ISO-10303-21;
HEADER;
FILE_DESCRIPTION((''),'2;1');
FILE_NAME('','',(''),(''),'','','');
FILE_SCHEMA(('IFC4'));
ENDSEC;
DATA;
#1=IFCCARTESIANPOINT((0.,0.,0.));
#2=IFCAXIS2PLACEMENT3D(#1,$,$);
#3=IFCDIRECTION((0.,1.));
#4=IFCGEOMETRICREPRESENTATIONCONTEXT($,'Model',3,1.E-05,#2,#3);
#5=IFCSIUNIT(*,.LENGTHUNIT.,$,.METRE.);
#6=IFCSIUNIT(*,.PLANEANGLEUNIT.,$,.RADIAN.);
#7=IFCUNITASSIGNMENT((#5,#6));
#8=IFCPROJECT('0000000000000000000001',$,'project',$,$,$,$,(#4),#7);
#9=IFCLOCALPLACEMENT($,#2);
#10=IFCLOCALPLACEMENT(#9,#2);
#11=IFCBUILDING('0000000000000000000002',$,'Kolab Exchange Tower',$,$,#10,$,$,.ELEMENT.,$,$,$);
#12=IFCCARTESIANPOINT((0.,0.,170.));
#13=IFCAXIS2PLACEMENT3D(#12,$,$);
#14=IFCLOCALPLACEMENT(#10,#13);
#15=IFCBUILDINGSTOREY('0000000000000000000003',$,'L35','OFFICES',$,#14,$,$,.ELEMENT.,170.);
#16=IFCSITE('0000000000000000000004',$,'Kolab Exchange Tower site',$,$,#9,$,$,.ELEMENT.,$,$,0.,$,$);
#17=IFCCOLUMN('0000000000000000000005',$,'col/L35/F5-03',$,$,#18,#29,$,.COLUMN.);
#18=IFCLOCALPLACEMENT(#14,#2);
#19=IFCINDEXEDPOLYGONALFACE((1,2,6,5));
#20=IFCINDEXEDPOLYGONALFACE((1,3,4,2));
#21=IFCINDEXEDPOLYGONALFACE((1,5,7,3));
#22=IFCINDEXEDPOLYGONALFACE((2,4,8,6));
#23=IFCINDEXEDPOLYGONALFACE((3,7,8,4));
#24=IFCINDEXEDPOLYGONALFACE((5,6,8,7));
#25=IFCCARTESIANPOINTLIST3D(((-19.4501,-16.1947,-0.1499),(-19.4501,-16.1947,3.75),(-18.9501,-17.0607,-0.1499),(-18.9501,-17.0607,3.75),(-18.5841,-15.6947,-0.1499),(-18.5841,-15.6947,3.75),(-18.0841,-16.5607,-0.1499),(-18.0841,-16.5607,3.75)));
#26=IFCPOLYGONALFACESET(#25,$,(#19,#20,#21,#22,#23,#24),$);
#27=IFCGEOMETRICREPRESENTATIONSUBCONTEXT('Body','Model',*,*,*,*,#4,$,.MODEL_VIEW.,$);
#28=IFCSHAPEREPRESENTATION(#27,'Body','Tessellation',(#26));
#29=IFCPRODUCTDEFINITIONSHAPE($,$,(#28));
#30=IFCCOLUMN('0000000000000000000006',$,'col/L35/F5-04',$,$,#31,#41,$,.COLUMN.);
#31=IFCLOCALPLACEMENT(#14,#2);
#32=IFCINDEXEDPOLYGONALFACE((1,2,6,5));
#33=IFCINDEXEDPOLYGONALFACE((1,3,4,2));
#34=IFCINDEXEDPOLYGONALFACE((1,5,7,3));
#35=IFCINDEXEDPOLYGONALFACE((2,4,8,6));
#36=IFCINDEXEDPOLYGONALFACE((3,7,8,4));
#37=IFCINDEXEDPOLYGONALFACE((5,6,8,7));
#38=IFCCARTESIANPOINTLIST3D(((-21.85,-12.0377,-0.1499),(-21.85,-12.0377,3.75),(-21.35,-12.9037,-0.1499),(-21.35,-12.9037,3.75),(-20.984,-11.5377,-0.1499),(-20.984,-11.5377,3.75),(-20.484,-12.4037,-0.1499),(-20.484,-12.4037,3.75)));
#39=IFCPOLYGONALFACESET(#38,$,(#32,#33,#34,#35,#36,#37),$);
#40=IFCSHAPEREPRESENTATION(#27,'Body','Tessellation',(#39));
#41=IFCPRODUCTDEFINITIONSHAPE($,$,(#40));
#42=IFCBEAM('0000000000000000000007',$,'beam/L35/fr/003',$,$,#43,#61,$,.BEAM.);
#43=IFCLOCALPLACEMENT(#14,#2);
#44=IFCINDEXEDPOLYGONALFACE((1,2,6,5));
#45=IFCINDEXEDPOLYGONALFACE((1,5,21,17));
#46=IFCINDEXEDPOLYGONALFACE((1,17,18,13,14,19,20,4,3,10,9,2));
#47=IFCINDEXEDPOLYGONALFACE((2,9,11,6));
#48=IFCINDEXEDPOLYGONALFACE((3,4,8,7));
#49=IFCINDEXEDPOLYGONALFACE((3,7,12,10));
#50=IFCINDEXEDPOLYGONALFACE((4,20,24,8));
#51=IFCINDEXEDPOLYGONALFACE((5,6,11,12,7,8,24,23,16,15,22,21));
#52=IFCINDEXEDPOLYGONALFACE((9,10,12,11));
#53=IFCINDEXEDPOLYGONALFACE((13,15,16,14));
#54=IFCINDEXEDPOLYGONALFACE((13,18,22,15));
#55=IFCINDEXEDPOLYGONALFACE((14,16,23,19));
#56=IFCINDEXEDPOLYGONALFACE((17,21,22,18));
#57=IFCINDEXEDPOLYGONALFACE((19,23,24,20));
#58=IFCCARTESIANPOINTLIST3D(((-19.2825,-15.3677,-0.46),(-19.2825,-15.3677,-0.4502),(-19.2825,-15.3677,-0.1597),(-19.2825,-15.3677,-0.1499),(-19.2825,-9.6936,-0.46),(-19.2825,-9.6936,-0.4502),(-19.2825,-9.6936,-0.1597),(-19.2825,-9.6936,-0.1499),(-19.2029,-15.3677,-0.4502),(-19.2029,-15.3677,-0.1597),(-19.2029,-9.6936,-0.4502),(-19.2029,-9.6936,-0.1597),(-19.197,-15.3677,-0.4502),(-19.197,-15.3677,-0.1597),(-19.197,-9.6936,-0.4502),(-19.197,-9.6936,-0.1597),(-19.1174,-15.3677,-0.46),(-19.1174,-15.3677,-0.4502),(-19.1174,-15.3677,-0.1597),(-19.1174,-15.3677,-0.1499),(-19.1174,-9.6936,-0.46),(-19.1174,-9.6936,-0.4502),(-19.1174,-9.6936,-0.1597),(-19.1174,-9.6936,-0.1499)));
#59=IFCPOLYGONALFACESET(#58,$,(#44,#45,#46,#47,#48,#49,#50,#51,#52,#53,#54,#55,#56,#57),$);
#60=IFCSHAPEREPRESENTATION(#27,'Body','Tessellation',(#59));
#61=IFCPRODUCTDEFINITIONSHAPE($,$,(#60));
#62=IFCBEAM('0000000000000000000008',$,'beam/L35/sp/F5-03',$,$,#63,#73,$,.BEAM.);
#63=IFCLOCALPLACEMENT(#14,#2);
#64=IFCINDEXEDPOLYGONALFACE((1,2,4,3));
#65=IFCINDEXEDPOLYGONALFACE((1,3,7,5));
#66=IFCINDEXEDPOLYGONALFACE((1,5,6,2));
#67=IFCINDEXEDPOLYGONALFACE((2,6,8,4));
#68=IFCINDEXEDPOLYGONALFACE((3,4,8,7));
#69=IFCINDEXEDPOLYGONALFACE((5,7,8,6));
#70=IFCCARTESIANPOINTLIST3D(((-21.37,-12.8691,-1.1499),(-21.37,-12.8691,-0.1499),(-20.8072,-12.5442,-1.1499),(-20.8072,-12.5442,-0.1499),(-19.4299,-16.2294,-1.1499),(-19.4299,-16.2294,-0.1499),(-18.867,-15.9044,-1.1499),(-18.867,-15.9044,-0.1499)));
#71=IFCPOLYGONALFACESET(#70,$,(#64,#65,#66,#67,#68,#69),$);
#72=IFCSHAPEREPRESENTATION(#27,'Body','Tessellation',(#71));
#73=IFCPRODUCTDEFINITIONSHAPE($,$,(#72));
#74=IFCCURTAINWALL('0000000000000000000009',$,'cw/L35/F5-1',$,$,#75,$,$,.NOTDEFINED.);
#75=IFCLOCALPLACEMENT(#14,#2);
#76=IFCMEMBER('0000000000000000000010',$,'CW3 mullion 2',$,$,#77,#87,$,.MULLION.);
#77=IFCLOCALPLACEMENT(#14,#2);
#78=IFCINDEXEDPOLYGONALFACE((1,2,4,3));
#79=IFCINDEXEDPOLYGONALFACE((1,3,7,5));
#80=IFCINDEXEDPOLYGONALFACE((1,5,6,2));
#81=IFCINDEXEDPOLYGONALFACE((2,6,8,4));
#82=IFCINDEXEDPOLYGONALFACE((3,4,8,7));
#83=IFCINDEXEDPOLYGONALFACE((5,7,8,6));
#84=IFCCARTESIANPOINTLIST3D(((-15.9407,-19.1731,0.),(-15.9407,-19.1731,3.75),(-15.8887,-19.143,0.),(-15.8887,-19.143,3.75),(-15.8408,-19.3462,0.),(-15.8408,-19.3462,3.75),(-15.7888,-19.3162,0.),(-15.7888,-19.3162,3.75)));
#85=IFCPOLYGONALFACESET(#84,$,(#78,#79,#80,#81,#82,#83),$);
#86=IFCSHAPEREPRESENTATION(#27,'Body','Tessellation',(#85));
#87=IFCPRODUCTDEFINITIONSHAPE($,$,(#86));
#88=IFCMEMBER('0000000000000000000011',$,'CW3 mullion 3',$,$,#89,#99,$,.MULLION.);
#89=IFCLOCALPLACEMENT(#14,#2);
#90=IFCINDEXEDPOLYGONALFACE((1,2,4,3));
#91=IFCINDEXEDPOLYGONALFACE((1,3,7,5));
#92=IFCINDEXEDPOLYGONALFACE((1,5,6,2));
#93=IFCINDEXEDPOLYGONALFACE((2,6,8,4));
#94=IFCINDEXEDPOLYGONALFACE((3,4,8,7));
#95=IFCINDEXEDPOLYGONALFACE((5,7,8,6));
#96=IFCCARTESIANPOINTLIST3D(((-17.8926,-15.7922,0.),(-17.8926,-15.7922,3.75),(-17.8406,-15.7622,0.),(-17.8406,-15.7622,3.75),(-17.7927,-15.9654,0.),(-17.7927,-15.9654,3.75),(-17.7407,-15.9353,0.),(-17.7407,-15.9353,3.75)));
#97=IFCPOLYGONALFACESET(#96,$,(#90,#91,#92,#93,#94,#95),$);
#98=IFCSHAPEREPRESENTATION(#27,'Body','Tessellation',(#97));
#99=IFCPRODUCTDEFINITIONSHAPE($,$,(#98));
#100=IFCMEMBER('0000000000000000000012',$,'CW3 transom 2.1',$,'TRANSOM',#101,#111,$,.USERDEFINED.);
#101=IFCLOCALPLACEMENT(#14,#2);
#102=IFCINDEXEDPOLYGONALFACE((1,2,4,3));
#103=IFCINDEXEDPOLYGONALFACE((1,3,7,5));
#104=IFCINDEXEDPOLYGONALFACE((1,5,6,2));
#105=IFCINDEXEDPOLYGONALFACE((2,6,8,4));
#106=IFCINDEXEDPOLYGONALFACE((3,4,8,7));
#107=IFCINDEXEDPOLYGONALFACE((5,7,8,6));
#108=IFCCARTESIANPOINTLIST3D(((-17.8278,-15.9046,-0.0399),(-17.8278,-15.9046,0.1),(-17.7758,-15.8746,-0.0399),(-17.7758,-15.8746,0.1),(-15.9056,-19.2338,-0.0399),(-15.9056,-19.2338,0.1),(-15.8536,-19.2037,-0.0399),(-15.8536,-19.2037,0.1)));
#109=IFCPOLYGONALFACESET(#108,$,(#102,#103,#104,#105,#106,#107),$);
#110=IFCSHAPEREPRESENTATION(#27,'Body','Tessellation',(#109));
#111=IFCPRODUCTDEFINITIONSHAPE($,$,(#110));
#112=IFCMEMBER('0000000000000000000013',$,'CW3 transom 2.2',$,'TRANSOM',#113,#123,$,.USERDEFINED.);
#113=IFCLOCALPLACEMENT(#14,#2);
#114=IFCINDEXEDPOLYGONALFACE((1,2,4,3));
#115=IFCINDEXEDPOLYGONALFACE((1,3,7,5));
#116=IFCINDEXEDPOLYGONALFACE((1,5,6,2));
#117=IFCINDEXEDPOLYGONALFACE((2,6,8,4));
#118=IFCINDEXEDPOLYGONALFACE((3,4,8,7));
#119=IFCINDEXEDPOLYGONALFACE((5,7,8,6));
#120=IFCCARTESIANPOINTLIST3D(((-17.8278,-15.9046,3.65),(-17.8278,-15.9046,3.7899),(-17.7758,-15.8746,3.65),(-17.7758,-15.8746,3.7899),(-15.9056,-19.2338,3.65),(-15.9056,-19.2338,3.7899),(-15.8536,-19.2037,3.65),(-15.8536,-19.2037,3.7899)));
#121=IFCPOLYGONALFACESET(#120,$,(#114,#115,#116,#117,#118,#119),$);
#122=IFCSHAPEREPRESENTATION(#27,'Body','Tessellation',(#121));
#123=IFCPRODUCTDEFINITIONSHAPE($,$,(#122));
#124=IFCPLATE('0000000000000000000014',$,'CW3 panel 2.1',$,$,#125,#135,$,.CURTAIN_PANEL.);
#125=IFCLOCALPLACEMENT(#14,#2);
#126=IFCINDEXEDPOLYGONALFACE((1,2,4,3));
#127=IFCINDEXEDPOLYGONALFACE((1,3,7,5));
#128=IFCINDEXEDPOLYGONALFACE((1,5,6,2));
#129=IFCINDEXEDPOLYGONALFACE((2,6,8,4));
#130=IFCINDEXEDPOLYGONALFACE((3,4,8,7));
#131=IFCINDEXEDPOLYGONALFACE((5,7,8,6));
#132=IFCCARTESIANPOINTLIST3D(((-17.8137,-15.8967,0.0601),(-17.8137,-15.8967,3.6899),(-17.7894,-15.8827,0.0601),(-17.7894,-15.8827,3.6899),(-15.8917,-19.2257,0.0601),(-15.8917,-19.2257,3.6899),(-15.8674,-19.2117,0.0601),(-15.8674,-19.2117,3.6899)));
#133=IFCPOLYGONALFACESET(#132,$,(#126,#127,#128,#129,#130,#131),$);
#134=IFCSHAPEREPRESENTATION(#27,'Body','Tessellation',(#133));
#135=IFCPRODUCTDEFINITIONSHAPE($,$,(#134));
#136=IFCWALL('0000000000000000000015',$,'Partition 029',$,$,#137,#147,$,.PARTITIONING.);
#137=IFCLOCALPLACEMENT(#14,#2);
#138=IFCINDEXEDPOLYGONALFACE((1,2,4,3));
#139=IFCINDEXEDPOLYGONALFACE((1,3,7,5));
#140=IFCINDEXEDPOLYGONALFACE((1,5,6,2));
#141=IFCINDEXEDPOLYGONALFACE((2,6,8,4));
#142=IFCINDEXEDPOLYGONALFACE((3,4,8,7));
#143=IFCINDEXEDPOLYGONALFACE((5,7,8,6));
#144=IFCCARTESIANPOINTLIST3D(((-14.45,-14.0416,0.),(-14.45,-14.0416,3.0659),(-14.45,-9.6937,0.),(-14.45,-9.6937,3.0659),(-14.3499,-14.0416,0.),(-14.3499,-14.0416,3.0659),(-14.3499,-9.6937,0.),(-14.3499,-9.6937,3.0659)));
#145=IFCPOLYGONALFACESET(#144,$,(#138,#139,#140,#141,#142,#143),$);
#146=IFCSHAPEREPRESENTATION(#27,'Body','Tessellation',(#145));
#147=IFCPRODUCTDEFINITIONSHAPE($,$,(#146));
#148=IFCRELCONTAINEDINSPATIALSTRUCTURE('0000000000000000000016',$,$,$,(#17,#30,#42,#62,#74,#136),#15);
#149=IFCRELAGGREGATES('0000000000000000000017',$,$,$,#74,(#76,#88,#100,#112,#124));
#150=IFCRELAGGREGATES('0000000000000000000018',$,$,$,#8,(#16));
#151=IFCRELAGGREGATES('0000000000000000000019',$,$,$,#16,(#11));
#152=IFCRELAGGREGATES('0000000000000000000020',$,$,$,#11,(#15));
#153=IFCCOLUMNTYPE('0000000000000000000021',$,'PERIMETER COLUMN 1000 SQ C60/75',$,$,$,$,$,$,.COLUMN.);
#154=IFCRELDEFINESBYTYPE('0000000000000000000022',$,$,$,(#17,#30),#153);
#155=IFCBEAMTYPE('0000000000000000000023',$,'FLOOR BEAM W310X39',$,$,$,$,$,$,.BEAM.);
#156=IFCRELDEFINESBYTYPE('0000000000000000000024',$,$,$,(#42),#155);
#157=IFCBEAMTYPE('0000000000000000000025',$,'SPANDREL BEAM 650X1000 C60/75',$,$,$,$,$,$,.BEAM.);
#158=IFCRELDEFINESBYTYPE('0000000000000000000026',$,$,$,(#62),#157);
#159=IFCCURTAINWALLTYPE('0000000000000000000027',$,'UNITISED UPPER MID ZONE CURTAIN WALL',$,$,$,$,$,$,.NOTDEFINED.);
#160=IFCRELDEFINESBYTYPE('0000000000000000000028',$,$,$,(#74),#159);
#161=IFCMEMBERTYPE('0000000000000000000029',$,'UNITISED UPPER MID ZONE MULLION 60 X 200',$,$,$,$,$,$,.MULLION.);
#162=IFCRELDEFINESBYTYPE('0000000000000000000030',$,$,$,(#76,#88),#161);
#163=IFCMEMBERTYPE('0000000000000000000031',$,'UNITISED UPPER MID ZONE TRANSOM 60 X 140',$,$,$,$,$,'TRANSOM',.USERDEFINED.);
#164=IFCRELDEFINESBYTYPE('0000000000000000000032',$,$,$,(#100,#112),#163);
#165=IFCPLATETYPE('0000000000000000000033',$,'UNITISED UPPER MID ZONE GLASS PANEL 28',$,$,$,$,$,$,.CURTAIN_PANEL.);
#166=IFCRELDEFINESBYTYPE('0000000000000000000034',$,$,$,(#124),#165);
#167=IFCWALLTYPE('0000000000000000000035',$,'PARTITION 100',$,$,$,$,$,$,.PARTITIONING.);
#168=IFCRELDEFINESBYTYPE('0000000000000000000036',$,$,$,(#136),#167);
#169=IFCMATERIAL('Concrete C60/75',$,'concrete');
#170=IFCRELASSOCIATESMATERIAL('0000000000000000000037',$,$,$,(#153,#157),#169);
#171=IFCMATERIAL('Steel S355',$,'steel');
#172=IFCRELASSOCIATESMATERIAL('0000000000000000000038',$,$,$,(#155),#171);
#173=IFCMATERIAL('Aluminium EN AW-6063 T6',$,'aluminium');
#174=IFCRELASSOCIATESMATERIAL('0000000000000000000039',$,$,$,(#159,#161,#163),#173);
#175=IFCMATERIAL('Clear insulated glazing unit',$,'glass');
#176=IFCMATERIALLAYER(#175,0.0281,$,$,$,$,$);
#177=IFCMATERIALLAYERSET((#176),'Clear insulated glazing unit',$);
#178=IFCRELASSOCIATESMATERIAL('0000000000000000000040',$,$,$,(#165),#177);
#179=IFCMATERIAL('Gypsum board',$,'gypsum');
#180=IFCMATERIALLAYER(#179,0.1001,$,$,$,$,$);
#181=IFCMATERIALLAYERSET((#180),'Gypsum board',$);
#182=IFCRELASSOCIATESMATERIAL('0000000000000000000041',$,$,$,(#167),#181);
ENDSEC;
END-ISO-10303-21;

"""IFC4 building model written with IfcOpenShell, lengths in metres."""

from ifc_helpers import new_model, si_unit, direction, frame, frame_2d, origin, origin_2d, place, context, subcontext, project, spatial, rectangle, i_section, extrude, material, layer, layer_set, material_profile, profile_set, type_object, element, aggregate, save


model = new_model("IFC4")

# Units and contexts
model_context = context("Model", 3, precision=1e-05, world=origin(), true_north=direction((0.0, 1.0)))
body_context = subcontext(model_context, "Body", "Model", "MODEL_VIEW")
ifc_project = project(units=[si_unit("LENGTHUNIT", "METRE"), si_unit("PLANEANGLEUNIT", "RADIAN")], contexts=[model_context])

# Site, building, storey
site_placement = place(None, origin())
site = spatial("IfcSite", under=ifc_project, at=site_placement, Name="Kolab Exchange Tower site", CompositionType="ELEMENT", RefElevation=0.0)
building_placement = place(site_placement, origin())
building = spatial("IfcBuilding", under=site, at=building_placement, Name="Kolab Exchange Tower", CompositionType="ELEMENT")
storey_placement = place(building_placement, frame((0.0, 0.0, 170.0)))
storey = spatial("IfcBuildingStorey", under=building, at=storey_placement, Name="L35", Description="OFFICES", CompositionType="ELEMENT", Elevation=170.0)

# Columns
ifc_material_1 = material(Name="Concrete C60/75", Category="concrete")
ifc_material_profile_1 = material_profile(ifc_material_1, rectangle(XDim=1.0, YDim=1.0, at=origin_2d()), Name="RC1000")
ifc_profile_set_1 = profile_set([ifc_material_profile_1], Name="Concrete C60/75")
column_type = type_object("IfcColumnType", Name="PERIMETER COLUMN 1000 SQ C60/75", PredefinedType="COLUMN", material=ifc_profile_set_1)
for number, where, z_axis, x_axis, name in (
    (1, (-18.7671, -16.3777, -0.1499), (0.0, 0.0, 1.0), (0.866025, 0.5, 0.0), "col/L35/F5-03"),
    (2, (-21.167, -12.2207, -0.1499), (0.0, 0.0, 1.0), (0.866025, 0.5, 0.0), "col/L35/F5-04"),
):
    element("IfcColumn", number, at=place(storey_placement, frame(where, z_axis=z_axis, x_axis=x_axis)), inside=storey, type_object=column_type, Name=name, PredefinedType="COLUMN", context=body_context, shape_type="SweptSolid", body=[
        extrude(rectangle(XDim=1.0, YDim=1.0, at=origin_2d()), origin(), (0.0, 0.0, 1.0), 3.8999),
    ])

# Beams
ifc_material_2 = material(Name="Steel S355", Category="steel")
ifc_material_profile_2 = material_profile(ifc_material_2, i_section(OverallWidth=0.165, OverallDepth=0.3101, WebThickness=0.0059, FlangeThickness=0.0098, at=origin_2d()), Name="W310X39")
ifc_profile_set_2 = profile_set([ifc_material_profile_2], Name="Steel S355")
beam_type_1 = type_object("IfcBeamType", Name="FLOOR BEAM W310X39", PredefinedType="BEAM", material=ifc_profile_set_2)
beam_1_placement = place(storey_placement, frame((-19.2, -15.3677, -0.3049), z_axis=(0.0, 1.0, 0.0), x_axis=(-1.0, 0.0, 0.0)))
element("IfcBeam", 3, at=beam_1_placement, inside=storey, type_object=beam_type_1, Name="beam/L35/fr/003", PredefinedType="BEAM", context=body_context, shape_type="SweptSolid", body=[
    extrude(i_section(OverallWidth=0.165, OverallDepth=0.3101, WebThickness=0.0059, FlangeThickness=0.0098, at=origin_2d()), origin(), (0.0, 0.0, 1.0), 5.6741),
])
ifc_material_profile_3 = material_profile(ifc_material_1, rectangle(XDim=0.6499, YDim=1.0, at=origin_2d()), Name="RC650X1000")
ifc_profile_set_3 = profile_set([ifc_material_profile_3], Name="Concrete C60/75")
beam_type_2 = type_object("IfcBeamType", Name="SPANDREL BEAM 650X1000 C60/75", PredefinedType="BEAM", material=ifc_profile_set_3)
beam_2_placement = place(storey_placement, frame((-19.1484, -16.0669, -0.6499), z_axis=(-0.500017, 0.866016, 0.0), x_axis=(-0.866016, -0.500017, 0.0)))
element("IfcBeam", 4, at=beam_2_placement, inside=storey, type_object=beam_type_2, Name="beam/L35/sp/F5-03", PredefinedType="BEAM", context=body_context, shape_type="SweptSolid", body=[
    extrude(rectangle(XDim=0.6499, YDim=1.0, at=origin_2d()), origin(), (0.0, 0.0, 1.0), 3.8801),
])

# Curtain wall, members, plate
ifc_material_3 = material(Name="Aluminium EN AW-6063 T6", Category="aluminium")
curtain_wall_type = type_object("IfcCurtainWallType", Name="UNITISED UPPER MID ZONE CURTAIN WALL", PredefinedType="NOTDEFINED", material=ifc_material_3)
curtain_wall_placement = place(storey_placement, origin())
curtain_wall = element("IfcCurtainWall", 5, at=curtain_wall_placement, inside=storey, type_object=curtain_wall_type, Name="cw/L35/F5-1", PredefinedType="NOTDEFINED")
ifc_material_profile_4 = material_profile(ifc_material_3, rectangle(XDim=0.0601, YDim=0.2, at=origin_2d()), Name="RECT 60X200")
ifc_profile_set_4 = profile_set([ifc_material_profile_4], Name="Aluminium EN AW-6063 T6")
member_type_1 = type_object("IfcMemberType", Name="UNITISED UPPER MID ZONE MULLION 60 X 200", PredefinedType="MULLION", material=ifc_profile_set_4)
member_1_placement = place(storey_placement, frame((-15.8647, -19.2446, 0.0), z_axis=(0.0, 0.0, 1.0), x_axis=(-0.866025, -0.5, 0.0)))
member_1 = element("IfcMember", 6, at=member_1_placement, type_object=member_type_1, Name="CW3 mullion 2", PredefinedType="MULLION", context=body_context, shape_type="SweptSolid", body=[
    extrude(rectangle(XDim=0.0601, YDim=0.2, at=origin_2d()), origin(), (0.0, 0.0, 1.0), 3.75),
])
member_2_placement = place(storey_placement, frame((-17.8167, -15.8638, 0.0), z_axis=(0.0, 0.0, 1.0), x_axis=(-0.866025, -0.5, 0.0)))
member_2 = element("IfcMember", 7, at=member_2_placement, type_object=member_type_1, Name="CW3 mullion 3", PredefinedType="MULLION", context=body_context, shape_type="SweptSolid", body=[
    extrude(rectangle(XDim=0.0601, YDim=0.2, at=origin_2d()), origin(), (0.0, 0.0, 1.0), 3.75),
])
ifc_material_profile_5 = material_profile(ifc_material_3, rectangle(XDim=0.0601, YDim=0.1399, at=origin_2d()), Name="RECT 60X140")
ifc_profile_set_5 = profile_set([ifc_material_profile_5], Name="Aluminium EN AW-6063 T6")
member_type_2 = type_object("IfcMemberType", Name="UNITISED UPPER MID ZONE TRANSOM 60 X 140", ElementType="TRANSOM", PredefinedType="USERDEFINED", material=ifc_profile_set_5)
member_3_placement = place(storey_placement, frame((-15.8796, -19.2188, 0.03), z_axis=(-0.500012, 0.866018, 0.0), x_axis=(-0.866018, -0.500012, 0.0)))
member_3 = element("IfcMember", 8, at=member_3_placement, type_object=member_type_2, Name="CW3 transom 2.1", ObjectType="TRANSOM", PredefinedType="USERDEFINED", context=body_context, shape_type="SweptSolid", body=[
    extrude(rectangle(XDim=0.0601, YDim=0.1399, at=origin_2d()), origin(), (0.0, 0.0, 1.0), 3.8442),
])
member_4_placement = place(storey_placement, frame((-15.8796, -19.2188, 3.72), z_axis=(-0.500012, 0.866018, 0.0), x_axis=(-0.866018, -0.500012, 0.0)))
member_4 = element("IfcMember", 9, at=member_4_placement, type_object=member_type_2, Name="CW3 transom 2.2", ObjectType="TRANSOM", PredefinedType="USERDEFINED", context=body_context, shape_type="SweptSolid", body=[
    extrude(rectangle(XDim=0.0601, YDim=0.1399, at=origin_2d()), origin(), (0.0, 0.0, 1.0), 3.8442),
])
ifc_material_4 = material(Name="Clear insulated glazing unit", Category="glass")
ifc_layer_1 = layer(ifc_material_4, 0.0281)
ifc_layer_set_1 = layer_set([ifc_layer_1], Name="Clear insulated glazing unit")
plate_type = type_object("IfcPlateType", Name="UNITISED UPPER MID ZONE GLASS PANEL 28", PredefinedType="CURTAIN_PANEL", material=ifc_layer_set_1)
plate_placement = place(storey_placement, frame((-16.8406, -17.5542, 0.0601), z_axis=(0.0, 0.0, 1.0), x_axis=(-0.5, 0.866025, 0.0)))
plate = element("IfcPlate", 10, at=plate_placement, type_object=plate_type, Name="CW3 panel 2.1", PredefinedType="CURTAIN_PANEL", context=body_context, shape_type="SweptSolid", body=[
    extrude(rectangle(XDim=3.844, YDim=0.0281, at=origin_2d()), origin(), (0.0, 0.0, 1.0), 3.6299),
])
aggregate(curtain_wall, [member_1, member_2, member_3, member_4, plate])

# Wall
ifc_material_5 = material(Name="Gypsum board", Category="gypsum")
ifc_layer_2 = layer(ifc_material_5, 0.1001)
ifc_layer_set_2 = layer_set([ifc_layer_2], Name="Gypsum board")
wall_type_1 = type_object("IfcWallType", Name="PARTITION 100", PredefinedType="PARTITIONING", material=ifc_layer_set_2)
wall_1_placement = place(storey_placement, frame((-14.3999, -14.0415, 0.0), z_axis=(0.0, 0.0, 1.0), x_axis=(0.0, 1.0, 0.0)))
element("IfcWall", 11, at=wall_1_placement, inside=storey, type_object=wall_type_1, Name="Partition 029", PredefinedType="PARTITIONING", context=body_context, shape_type="SweptSolid", body=[
    extrude(rectangle(XDim=4.3479, YDim=0.1001, at=frame_2d((2.1738, 0.0))), origin(), (0.0, 0.0, 1.0), 3.0659),
])

save(model, "model.ifc")
